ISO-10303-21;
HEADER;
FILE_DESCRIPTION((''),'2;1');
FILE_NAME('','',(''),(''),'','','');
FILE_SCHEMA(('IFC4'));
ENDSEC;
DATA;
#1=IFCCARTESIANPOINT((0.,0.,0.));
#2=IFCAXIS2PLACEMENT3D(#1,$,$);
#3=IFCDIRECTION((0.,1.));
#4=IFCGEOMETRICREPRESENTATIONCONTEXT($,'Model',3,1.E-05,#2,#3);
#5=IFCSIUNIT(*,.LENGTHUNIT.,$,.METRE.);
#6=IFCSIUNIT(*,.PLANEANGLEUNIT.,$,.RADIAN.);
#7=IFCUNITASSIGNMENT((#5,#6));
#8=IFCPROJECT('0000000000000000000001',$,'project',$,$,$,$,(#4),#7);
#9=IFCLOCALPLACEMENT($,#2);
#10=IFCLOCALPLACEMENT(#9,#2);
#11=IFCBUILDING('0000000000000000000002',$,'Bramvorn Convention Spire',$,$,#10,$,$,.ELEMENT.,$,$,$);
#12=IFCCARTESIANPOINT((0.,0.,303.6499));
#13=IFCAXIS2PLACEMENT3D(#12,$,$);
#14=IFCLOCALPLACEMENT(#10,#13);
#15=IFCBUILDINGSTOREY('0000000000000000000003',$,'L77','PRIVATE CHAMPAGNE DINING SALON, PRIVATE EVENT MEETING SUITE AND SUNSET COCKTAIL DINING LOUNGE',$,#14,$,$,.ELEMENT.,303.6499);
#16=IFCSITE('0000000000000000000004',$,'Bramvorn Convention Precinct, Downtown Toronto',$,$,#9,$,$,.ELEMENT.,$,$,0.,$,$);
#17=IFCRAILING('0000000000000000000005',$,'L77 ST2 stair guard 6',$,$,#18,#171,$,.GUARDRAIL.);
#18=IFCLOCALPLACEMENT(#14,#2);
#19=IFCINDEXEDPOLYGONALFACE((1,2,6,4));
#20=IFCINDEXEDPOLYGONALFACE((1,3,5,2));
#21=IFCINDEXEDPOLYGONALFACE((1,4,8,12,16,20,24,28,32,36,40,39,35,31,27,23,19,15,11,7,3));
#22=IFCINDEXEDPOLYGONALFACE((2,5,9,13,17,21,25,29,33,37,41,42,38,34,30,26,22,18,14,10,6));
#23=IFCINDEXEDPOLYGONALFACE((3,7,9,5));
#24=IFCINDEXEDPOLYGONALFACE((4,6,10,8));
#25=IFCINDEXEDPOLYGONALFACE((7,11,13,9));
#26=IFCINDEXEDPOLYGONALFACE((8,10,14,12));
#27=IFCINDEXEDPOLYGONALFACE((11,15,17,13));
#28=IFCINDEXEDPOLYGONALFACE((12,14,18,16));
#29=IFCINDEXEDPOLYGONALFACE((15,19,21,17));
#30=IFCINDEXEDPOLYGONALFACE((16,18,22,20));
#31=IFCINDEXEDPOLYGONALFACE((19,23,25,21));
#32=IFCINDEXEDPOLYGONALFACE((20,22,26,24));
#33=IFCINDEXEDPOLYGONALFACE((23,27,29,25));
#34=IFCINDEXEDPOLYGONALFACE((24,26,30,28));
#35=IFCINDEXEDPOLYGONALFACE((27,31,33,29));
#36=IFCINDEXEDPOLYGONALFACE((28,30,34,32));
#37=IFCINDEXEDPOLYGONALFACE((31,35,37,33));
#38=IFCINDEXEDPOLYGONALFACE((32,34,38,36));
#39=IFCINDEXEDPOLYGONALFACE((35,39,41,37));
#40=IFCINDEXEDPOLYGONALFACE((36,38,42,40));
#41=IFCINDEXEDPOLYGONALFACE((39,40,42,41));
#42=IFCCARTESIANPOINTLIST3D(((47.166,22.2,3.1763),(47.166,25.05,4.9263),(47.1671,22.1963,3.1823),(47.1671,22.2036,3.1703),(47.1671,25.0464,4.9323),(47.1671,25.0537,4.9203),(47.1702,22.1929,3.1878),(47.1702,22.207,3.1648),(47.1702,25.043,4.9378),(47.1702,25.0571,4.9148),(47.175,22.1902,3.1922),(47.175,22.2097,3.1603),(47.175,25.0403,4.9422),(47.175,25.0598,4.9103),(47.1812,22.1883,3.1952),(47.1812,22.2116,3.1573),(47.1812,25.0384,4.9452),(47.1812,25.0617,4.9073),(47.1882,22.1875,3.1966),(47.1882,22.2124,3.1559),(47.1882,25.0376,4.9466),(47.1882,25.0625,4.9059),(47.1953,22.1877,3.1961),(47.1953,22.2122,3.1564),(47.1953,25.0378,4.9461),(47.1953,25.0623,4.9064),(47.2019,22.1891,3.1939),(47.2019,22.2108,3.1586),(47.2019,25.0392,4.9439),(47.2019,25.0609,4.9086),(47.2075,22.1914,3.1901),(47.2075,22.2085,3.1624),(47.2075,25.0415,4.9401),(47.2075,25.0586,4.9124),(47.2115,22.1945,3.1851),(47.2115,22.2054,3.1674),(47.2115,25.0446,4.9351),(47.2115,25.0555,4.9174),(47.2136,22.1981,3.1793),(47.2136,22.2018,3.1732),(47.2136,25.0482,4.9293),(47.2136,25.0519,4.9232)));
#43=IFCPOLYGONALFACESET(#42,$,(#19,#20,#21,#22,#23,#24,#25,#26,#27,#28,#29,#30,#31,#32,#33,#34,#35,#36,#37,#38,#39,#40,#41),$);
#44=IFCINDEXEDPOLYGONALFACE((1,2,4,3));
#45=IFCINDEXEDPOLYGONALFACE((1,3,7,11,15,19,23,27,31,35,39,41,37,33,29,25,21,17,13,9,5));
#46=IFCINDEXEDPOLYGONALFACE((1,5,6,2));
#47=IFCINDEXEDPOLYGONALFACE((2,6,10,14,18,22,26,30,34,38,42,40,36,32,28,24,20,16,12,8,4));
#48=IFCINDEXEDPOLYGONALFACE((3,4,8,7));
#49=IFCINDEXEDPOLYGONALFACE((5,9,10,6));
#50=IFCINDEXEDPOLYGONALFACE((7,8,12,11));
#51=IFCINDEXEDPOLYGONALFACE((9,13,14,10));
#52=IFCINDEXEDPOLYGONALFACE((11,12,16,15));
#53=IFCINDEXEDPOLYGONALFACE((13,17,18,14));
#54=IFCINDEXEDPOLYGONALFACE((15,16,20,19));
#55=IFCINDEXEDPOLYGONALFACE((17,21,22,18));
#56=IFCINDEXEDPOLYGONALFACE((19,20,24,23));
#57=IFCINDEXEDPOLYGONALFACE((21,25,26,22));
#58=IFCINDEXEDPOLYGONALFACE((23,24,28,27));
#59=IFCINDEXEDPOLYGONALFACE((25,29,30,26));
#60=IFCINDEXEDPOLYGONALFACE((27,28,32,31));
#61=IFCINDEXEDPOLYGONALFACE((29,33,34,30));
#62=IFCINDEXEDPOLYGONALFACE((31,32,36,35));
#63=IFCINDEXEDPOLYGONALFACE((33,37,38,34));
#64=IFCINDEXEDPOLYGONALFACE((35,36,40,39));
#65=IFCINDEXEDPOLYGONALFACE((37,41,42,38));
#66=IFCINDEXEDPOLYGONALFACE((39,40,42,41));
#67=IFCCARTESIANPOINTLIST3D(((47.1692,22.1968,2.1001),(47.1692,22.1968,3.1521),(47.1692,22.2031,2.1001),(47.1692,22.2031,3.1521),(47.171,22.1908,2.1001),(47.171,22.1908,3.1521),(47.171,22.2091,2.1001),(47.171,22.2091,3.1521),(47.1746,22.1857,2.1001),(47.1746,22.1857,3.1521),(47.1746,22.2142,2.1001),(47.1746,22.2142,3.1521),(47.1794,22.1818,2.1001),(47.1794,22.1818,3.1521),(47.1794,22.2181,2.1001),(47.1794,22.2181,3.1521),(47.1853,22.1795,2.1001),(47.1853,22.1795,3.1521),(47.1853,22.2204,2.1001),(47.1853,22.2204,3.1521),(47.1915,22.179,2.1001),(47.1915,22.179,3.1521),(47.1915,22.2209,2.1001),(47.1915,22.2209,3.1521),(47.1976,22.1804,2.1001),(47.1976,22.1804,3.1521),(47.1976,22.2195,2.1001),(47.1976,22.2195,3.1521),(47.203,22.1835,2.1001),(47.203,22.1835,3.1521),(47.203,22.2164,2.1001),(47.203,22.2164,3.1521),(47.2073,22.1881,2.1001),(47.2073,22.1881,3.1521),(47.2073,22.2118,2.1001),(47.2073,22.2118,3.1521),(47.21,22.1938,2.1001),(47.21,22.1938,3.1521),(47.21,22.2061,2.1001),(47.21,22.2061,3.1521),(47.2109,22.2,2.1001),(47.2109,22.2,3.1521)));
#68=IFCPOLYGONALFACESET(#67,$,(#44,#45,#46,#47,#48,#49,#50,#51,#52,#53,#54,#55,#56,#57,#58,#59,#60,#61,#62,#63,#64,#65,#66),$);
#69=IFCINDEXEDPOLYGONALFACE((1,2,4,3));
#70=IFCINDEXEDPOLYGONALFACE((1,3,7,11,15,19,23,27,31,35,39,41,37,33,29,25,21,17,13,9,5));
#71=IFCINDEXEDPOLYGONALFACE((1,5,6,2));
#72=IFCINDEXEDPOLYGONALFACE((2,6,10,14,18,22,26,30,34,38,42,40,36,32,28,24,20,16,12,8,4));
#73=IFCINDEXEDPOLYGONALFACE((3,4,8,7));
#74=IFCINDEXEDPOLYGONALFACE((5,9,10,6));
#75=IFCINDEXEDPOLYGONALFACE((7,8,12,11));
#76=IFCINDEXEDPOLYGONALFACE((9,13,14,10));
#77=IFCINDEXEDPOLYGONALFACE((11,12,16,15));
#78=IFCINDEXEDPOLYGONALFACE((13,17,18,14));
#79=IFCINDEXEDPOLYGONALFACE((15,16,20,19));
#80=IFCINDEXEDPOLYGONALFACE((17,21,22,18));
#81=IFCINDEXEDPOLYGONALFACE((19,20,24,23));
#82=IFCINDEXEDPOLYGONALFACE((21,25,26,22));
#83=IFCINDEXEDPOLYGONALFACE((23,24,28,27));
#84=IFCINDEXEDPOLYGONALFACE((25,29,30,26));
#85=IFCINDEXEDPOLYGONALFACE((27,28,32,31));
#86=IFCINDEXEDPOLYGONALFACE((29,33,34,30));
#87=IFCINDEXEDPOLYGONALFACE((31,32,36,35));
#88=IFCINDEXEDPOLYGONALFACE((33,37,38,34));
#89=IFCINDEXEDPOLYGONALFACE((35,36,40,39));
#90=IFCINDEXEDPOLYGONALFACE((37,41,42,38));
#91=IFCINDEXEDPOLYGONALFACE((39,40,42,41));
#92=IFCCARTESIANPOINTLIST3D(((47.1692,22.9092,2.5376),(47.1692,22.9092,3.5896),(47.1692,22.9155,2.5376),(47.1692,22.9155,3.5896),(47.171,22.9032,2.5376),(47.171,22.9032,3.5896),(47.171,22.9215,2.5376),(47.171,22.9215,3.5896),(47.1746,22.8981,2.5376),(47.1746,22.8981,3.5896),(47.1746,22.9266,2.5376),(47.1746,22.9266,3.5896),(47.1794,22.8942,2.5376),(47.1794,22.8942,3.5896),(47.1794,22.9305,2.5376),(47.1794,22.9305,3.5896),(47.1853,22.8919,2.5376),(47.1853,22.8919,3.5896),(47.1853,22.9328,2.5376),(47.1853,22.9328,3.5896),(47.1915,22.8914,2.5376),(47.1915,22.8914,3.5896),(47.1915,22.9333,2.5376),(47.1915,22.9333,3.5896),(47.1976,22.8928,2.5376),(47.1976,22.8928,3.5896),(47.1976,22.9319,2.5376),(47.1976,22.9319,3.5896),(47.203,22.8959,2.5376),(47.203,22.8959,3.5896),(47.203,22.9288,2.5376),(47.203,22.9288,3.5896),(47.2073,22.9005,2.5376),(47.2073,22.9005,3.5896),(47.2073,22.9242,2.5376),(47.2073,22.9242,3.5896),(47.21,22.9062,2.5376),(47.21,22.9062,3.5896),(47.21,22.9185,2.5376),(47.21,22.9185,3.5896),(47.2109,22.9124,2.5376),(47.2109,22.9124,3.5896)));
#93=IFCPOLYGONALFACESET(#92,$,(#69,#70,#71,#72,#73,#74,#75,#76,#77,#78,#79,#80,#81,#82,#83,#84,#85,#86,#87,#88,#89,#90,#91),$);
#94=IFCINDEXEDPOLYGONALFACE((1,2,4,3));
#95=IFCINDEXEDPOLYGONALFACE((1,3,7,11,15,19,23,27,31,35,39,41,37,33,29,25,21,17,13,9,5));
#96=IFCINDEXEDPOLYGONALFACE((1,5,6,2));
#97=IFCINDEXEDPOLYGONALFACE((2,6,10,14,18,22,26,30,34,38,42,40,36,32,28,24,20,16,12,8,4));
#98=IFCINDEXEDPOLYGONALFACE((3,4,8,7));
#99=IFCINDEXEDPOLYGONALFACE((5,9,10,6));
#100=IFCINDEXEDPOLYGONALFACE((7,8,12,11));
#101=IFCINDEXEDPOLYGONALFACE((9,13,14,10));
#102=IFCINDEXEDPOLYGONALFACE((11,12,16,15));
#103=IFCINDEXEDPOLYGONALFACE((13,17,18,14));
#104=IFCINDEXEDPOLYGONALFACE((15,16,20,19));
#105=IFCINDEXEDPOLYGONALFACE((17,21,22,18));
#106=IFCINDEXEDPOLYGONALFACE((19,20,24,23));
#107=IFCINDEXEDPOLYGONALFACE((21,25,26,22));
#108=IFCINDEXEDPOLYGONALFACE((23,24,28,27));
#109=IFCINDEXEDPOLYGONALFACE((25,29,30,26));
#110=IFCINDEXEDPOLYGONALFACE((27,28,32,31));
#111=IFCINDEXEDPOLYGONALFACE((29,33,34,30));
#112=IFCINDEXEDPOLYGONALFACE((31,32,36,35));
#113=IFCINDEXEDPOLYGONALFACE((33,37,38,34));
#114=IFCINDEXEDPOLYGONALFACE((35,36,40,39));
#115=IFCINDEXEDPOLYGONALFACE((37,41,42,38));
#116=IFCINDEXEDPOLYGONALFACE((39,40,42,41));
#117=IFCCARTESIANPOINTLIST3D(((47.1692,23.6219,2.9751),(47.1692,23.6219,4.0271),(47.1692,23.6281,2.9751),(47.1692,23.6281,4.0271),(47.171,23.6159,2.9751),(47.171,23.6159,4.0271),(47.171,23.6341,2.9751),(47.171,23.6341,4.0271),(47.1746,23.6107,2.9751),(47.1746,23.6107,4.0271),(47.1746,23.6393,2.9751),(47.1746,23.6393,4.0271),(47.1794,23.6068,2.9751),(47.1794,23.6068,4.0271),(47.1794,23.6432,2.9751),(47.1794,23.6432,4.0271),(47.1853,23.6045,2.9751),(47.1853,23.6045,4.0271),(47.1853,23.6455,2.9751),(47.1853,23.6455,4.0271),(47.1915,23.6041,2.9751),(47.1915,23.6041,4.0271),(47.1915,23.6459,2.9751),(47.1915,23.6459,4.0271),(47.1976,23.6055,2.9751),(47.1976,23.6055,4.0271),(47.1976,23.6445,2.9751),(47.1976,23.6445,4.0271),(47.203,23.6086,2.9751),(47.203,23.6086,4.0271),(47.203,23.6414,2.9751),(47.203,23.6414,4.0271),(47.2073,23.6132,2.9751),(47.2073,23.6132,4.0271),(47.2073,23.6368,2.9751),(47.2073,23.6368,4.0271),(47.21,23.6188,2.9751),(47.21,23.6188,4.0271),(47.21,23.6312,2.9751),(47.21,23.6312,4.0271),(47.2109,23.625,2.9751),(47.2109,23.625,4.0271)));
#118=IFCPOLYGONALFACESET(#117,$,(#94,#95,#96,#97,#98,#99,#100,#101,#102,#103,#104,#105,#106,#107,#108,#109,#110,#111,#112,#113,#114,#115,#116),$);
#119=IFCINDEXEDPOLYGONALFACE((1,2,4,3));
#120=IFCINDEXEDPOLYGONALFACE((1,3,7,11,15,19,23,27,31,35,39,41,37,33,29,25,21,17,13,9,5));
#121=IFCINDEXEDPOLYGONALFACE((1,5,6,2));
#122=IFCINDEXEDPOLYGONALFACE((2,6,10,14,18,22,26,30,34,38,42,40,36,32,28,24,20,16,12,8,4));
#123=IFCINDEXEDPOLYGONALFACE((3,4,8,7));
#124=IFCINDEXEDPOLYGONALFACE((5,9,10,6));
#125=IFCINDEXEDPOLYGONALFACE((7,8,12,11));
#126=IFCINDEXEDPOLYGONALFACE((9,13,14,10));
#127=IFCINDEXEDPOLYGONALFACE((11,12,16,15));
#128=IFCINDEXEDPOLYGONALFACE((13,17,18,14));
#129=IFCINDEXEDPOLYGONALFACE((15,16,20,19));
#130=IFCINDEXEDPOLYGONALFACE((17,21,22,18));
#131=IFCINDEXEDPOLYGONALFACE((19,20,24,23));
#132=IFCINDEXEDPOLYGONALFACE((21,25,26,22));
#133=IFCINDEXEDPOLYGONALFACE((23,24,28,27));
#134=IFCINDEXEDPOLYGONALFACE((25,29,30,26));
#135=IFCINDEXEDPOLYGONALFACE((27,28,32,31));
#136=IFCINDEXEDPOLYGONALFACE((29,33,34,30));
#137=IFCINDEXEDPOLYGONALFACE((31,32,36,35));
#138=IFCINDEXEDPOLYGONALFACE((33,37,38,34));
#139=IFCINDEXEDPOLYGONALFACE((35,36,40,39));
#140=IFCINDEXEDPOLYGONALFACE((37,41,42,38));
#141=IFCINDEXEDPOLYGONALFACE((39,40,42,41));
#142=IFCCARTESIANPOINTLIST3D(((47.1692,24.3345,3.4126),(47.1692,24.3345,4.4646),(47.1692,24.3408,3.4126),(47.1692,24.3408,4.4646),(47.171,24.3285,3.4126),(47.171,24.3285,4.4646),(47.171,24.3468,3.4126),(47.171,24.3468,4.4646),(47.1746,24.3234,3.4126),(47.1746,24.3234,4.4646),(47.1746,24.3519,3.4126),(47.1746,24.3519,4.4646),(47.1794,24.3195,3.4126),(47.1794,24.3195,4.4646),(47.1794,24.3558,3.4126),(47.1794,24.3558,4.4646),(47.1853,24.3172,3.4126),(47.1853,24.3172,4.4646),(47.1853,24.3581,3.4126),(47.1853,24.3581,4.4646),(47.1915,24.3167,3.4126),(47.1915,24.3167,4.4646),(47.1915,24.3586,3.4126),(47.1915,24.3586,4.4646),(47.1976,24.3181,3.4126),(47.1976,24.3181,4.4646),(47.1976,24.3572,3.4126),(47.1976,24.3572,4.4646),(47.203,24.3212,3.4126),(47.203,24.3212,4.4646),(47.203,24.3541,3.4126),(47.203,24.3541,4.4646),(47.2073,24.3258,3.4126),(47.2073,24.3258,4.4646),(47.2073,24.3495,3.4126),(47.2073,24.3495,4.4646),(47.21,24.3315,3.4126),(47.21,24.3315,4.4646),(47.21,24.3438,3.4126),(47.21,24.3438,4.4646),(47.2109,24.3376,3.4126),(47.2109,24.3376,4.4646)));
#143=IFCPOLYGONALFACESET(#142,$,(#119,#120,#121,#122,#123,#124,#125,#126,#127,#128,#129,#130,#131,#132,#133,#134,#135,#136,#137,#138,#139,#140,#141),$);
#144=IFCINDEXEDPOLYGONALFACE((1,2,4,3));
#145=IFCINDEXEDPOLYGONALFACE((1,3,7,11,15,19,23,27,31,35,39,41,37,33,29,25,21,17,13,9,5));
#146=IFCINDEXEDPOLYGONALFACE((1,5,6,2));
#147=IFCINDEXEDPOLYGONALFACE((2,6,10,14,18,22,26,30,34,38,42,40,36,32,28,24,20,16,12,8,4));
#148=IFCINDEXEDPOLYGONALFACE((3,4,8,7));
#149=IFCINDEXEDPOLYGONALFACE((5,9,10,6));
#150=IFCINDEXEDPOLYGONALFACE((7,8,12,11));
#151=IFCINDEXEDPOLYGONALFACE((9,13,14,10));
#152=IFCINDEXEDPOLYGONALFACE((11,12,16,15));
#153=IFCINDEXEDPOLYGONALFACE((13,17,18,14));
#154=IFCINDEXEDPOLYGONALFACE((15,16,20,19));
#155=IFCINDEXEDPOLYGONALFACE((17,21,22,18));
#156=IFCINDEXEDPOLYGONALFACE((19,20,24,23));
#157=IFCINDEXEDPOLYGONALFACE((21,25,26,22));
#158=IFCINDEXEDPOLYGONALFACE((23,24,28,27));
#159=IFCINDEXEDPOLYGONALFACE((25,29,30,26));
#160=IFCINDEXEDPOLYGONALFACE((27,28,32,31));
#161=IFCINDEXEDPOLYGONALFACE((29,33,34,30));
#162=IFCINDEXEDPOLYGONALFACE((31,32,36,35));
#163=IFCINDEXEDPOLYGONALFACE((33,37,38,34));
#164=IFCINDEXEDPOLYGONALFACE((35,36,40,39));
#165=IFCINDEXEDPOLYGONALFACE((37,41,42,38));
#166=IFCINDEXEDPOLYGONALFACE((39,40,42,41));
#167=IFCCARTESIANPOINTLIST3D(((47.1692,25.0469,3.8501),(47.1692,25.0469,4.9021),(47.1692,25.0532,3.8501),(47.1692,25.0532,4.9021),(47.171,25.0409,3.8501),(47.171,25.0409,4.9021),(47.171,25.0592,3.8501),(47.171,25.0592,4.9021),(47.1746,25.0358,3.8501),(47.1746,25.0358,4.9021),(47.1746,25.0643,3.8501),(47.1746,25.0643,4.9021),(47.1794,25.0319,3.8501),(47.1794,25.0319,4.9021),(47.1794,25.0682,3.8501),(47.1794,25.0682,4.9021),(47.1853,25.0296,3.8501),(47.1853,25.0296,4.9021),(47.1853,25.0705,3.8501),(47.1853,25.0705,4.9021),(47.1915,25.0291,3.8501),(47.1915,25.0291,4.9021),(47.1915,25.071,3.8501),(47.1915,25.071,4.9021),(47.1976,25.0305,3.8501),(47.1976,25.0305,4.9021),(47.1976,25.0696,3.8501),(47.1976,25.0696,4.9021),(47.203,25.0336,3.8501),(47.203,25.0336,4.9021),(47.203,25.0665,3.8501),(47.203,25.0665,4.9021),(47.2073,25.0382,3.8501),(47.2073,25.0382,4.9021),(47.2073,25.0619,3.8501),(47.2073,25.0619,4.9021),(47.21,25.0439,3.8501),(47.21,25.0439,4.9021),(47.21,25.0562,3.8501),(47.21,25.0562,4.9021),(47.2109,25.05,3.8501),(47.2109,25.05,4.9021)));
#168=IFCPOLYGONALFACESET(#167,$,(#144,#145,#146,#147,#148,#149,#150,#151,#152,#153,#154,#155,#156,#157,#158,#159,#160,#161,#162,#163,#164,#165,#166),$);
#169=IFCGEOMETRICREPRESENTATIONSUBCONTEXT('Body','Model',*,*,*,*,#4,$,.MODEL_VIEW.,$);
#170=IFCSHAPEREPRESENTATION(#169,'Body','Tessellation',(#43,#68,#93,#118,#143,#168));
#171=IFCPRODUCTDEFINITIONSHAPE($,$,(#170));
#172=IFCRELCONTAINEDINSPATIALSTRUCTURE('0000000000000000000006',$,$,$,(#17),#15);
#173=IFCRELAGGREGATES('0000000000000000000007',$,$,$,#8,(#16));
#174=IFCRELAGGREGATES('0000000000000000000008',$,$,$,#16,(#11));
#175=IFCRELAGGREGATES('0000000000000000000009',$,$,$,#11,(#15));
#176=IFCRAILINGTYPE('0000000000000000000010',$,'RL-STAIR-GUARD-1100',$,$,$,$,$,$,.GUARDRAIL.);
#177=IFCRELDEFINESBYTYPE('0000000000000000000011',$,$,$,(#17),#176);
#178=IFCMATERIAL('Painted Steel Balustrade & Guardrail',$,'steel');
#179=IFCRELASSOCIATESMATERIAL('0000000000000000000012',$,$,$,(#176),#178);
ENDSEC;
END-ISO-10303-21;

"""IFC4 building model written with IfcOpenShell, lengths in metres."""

from ifc_helpers import new_model, si_unit, direction, frame, origin, origin_2d, place, context, subcontext, project, spatial, circle, extrude, material, type_object, element, save


model = new_model("IFC4")

# Units and contexts
model_context = context("Model", 3, precision=1e-05, world=origin(), true_north=direction((0.0, 1.0)))
body_context = subcontext(model_context, "Body", "Model", "MODEL_VIEW")
ifc_project = project(units=[si_unit("LENGTHUNIT", "METRE"), si_unit("PLANEANGLEUNIT", "RADIAN")], contexts=[model_context])

# Site, building, storey
site_placement = place(None, origin())
site = spatial("IfcSite", under=ifc_project, at=site_placement, Name="Bramvorn Convention Precinct, Downtown Toronto", CompositionType="ELEMENT", RefElevation=0.0)
building_placement = place(site_placement, origin())
building = spatial("IfcBuilding", under=site, at=building_placement, Name="Bramvorn Convention Spire", CompositionType="ELEMENT")
storey_placement = place(building_placement, frame((0.0, 0.0, 303.6499)))
storey = spatial("IfcBuildingStorey", under=building, at=storey_placement, Name="L77", Description="PRIVATE CHAMPAGNE DINING SALON, PRIVATE EVENT MEETING SUITE AND SUNSET COCKTAIL DINING LOUNGE", CompositionType="ELEMENT", Elevation=303.6499)

# Railing
ifc_material_1 = material(Name="Painted Steel Balustrade & Guardrail", Category="steel")
railing_type_1 = type_object("IfcRailingType", Name="RL-STAIR-GUARD-1100", PredefinedType="GUARDRAIL", material=ifc_material_1)
railing_1_placement = place(storey_placement, frame((47.1899, 22.2, 2.1001)))
element("IfcRailing", 1, at=railing_1_placement, inside=storey, type_object=railing_type_1, Name="L77 ST2 stair guard 6", PredefinedType="GUARDRAIL", context=body_context, shape_type="SweptSolid", body=[
    extrude(circle(Radius=0.0239, at=origin_2d()), frame((0.0, 0.0, 1.0762), z_axis=(0.0, 0.852179, 0.52325), x_axis=(-1.0, 0.0, 0.0)), (0.0, 0.0, 1.0), 3.3445),
    extrude(circle(Radius=0.021, at=origin_2d()), origin(), (0.0, 0.0, 1.0), 1.052),
    extrude(circle(Radius=0.021, at=origin_2d()), frame((0.0, 0.7124, 0.4375)), (0.0, 0.0, 1.0), 1.052),
    extrude(circle(Radius=0.021, at=origin_2d()), frame((0.0, 1.425, 0.875)), (0.0, 0.0, 1.0), 1.052),
    extrude(circle(Radius=0.021, at=origin_2d()), frame((0.0, 2.1377, 1.3125)), (0.0, 0.0, 1.0), 1.052),
    extrude(circle(Radius=0.021, at=origin_2d()), frame((0.0, 2.8501, 1.75)), (0.0, 0.0, 1.0), 1.052),
])

save(model, "model.ifc")
